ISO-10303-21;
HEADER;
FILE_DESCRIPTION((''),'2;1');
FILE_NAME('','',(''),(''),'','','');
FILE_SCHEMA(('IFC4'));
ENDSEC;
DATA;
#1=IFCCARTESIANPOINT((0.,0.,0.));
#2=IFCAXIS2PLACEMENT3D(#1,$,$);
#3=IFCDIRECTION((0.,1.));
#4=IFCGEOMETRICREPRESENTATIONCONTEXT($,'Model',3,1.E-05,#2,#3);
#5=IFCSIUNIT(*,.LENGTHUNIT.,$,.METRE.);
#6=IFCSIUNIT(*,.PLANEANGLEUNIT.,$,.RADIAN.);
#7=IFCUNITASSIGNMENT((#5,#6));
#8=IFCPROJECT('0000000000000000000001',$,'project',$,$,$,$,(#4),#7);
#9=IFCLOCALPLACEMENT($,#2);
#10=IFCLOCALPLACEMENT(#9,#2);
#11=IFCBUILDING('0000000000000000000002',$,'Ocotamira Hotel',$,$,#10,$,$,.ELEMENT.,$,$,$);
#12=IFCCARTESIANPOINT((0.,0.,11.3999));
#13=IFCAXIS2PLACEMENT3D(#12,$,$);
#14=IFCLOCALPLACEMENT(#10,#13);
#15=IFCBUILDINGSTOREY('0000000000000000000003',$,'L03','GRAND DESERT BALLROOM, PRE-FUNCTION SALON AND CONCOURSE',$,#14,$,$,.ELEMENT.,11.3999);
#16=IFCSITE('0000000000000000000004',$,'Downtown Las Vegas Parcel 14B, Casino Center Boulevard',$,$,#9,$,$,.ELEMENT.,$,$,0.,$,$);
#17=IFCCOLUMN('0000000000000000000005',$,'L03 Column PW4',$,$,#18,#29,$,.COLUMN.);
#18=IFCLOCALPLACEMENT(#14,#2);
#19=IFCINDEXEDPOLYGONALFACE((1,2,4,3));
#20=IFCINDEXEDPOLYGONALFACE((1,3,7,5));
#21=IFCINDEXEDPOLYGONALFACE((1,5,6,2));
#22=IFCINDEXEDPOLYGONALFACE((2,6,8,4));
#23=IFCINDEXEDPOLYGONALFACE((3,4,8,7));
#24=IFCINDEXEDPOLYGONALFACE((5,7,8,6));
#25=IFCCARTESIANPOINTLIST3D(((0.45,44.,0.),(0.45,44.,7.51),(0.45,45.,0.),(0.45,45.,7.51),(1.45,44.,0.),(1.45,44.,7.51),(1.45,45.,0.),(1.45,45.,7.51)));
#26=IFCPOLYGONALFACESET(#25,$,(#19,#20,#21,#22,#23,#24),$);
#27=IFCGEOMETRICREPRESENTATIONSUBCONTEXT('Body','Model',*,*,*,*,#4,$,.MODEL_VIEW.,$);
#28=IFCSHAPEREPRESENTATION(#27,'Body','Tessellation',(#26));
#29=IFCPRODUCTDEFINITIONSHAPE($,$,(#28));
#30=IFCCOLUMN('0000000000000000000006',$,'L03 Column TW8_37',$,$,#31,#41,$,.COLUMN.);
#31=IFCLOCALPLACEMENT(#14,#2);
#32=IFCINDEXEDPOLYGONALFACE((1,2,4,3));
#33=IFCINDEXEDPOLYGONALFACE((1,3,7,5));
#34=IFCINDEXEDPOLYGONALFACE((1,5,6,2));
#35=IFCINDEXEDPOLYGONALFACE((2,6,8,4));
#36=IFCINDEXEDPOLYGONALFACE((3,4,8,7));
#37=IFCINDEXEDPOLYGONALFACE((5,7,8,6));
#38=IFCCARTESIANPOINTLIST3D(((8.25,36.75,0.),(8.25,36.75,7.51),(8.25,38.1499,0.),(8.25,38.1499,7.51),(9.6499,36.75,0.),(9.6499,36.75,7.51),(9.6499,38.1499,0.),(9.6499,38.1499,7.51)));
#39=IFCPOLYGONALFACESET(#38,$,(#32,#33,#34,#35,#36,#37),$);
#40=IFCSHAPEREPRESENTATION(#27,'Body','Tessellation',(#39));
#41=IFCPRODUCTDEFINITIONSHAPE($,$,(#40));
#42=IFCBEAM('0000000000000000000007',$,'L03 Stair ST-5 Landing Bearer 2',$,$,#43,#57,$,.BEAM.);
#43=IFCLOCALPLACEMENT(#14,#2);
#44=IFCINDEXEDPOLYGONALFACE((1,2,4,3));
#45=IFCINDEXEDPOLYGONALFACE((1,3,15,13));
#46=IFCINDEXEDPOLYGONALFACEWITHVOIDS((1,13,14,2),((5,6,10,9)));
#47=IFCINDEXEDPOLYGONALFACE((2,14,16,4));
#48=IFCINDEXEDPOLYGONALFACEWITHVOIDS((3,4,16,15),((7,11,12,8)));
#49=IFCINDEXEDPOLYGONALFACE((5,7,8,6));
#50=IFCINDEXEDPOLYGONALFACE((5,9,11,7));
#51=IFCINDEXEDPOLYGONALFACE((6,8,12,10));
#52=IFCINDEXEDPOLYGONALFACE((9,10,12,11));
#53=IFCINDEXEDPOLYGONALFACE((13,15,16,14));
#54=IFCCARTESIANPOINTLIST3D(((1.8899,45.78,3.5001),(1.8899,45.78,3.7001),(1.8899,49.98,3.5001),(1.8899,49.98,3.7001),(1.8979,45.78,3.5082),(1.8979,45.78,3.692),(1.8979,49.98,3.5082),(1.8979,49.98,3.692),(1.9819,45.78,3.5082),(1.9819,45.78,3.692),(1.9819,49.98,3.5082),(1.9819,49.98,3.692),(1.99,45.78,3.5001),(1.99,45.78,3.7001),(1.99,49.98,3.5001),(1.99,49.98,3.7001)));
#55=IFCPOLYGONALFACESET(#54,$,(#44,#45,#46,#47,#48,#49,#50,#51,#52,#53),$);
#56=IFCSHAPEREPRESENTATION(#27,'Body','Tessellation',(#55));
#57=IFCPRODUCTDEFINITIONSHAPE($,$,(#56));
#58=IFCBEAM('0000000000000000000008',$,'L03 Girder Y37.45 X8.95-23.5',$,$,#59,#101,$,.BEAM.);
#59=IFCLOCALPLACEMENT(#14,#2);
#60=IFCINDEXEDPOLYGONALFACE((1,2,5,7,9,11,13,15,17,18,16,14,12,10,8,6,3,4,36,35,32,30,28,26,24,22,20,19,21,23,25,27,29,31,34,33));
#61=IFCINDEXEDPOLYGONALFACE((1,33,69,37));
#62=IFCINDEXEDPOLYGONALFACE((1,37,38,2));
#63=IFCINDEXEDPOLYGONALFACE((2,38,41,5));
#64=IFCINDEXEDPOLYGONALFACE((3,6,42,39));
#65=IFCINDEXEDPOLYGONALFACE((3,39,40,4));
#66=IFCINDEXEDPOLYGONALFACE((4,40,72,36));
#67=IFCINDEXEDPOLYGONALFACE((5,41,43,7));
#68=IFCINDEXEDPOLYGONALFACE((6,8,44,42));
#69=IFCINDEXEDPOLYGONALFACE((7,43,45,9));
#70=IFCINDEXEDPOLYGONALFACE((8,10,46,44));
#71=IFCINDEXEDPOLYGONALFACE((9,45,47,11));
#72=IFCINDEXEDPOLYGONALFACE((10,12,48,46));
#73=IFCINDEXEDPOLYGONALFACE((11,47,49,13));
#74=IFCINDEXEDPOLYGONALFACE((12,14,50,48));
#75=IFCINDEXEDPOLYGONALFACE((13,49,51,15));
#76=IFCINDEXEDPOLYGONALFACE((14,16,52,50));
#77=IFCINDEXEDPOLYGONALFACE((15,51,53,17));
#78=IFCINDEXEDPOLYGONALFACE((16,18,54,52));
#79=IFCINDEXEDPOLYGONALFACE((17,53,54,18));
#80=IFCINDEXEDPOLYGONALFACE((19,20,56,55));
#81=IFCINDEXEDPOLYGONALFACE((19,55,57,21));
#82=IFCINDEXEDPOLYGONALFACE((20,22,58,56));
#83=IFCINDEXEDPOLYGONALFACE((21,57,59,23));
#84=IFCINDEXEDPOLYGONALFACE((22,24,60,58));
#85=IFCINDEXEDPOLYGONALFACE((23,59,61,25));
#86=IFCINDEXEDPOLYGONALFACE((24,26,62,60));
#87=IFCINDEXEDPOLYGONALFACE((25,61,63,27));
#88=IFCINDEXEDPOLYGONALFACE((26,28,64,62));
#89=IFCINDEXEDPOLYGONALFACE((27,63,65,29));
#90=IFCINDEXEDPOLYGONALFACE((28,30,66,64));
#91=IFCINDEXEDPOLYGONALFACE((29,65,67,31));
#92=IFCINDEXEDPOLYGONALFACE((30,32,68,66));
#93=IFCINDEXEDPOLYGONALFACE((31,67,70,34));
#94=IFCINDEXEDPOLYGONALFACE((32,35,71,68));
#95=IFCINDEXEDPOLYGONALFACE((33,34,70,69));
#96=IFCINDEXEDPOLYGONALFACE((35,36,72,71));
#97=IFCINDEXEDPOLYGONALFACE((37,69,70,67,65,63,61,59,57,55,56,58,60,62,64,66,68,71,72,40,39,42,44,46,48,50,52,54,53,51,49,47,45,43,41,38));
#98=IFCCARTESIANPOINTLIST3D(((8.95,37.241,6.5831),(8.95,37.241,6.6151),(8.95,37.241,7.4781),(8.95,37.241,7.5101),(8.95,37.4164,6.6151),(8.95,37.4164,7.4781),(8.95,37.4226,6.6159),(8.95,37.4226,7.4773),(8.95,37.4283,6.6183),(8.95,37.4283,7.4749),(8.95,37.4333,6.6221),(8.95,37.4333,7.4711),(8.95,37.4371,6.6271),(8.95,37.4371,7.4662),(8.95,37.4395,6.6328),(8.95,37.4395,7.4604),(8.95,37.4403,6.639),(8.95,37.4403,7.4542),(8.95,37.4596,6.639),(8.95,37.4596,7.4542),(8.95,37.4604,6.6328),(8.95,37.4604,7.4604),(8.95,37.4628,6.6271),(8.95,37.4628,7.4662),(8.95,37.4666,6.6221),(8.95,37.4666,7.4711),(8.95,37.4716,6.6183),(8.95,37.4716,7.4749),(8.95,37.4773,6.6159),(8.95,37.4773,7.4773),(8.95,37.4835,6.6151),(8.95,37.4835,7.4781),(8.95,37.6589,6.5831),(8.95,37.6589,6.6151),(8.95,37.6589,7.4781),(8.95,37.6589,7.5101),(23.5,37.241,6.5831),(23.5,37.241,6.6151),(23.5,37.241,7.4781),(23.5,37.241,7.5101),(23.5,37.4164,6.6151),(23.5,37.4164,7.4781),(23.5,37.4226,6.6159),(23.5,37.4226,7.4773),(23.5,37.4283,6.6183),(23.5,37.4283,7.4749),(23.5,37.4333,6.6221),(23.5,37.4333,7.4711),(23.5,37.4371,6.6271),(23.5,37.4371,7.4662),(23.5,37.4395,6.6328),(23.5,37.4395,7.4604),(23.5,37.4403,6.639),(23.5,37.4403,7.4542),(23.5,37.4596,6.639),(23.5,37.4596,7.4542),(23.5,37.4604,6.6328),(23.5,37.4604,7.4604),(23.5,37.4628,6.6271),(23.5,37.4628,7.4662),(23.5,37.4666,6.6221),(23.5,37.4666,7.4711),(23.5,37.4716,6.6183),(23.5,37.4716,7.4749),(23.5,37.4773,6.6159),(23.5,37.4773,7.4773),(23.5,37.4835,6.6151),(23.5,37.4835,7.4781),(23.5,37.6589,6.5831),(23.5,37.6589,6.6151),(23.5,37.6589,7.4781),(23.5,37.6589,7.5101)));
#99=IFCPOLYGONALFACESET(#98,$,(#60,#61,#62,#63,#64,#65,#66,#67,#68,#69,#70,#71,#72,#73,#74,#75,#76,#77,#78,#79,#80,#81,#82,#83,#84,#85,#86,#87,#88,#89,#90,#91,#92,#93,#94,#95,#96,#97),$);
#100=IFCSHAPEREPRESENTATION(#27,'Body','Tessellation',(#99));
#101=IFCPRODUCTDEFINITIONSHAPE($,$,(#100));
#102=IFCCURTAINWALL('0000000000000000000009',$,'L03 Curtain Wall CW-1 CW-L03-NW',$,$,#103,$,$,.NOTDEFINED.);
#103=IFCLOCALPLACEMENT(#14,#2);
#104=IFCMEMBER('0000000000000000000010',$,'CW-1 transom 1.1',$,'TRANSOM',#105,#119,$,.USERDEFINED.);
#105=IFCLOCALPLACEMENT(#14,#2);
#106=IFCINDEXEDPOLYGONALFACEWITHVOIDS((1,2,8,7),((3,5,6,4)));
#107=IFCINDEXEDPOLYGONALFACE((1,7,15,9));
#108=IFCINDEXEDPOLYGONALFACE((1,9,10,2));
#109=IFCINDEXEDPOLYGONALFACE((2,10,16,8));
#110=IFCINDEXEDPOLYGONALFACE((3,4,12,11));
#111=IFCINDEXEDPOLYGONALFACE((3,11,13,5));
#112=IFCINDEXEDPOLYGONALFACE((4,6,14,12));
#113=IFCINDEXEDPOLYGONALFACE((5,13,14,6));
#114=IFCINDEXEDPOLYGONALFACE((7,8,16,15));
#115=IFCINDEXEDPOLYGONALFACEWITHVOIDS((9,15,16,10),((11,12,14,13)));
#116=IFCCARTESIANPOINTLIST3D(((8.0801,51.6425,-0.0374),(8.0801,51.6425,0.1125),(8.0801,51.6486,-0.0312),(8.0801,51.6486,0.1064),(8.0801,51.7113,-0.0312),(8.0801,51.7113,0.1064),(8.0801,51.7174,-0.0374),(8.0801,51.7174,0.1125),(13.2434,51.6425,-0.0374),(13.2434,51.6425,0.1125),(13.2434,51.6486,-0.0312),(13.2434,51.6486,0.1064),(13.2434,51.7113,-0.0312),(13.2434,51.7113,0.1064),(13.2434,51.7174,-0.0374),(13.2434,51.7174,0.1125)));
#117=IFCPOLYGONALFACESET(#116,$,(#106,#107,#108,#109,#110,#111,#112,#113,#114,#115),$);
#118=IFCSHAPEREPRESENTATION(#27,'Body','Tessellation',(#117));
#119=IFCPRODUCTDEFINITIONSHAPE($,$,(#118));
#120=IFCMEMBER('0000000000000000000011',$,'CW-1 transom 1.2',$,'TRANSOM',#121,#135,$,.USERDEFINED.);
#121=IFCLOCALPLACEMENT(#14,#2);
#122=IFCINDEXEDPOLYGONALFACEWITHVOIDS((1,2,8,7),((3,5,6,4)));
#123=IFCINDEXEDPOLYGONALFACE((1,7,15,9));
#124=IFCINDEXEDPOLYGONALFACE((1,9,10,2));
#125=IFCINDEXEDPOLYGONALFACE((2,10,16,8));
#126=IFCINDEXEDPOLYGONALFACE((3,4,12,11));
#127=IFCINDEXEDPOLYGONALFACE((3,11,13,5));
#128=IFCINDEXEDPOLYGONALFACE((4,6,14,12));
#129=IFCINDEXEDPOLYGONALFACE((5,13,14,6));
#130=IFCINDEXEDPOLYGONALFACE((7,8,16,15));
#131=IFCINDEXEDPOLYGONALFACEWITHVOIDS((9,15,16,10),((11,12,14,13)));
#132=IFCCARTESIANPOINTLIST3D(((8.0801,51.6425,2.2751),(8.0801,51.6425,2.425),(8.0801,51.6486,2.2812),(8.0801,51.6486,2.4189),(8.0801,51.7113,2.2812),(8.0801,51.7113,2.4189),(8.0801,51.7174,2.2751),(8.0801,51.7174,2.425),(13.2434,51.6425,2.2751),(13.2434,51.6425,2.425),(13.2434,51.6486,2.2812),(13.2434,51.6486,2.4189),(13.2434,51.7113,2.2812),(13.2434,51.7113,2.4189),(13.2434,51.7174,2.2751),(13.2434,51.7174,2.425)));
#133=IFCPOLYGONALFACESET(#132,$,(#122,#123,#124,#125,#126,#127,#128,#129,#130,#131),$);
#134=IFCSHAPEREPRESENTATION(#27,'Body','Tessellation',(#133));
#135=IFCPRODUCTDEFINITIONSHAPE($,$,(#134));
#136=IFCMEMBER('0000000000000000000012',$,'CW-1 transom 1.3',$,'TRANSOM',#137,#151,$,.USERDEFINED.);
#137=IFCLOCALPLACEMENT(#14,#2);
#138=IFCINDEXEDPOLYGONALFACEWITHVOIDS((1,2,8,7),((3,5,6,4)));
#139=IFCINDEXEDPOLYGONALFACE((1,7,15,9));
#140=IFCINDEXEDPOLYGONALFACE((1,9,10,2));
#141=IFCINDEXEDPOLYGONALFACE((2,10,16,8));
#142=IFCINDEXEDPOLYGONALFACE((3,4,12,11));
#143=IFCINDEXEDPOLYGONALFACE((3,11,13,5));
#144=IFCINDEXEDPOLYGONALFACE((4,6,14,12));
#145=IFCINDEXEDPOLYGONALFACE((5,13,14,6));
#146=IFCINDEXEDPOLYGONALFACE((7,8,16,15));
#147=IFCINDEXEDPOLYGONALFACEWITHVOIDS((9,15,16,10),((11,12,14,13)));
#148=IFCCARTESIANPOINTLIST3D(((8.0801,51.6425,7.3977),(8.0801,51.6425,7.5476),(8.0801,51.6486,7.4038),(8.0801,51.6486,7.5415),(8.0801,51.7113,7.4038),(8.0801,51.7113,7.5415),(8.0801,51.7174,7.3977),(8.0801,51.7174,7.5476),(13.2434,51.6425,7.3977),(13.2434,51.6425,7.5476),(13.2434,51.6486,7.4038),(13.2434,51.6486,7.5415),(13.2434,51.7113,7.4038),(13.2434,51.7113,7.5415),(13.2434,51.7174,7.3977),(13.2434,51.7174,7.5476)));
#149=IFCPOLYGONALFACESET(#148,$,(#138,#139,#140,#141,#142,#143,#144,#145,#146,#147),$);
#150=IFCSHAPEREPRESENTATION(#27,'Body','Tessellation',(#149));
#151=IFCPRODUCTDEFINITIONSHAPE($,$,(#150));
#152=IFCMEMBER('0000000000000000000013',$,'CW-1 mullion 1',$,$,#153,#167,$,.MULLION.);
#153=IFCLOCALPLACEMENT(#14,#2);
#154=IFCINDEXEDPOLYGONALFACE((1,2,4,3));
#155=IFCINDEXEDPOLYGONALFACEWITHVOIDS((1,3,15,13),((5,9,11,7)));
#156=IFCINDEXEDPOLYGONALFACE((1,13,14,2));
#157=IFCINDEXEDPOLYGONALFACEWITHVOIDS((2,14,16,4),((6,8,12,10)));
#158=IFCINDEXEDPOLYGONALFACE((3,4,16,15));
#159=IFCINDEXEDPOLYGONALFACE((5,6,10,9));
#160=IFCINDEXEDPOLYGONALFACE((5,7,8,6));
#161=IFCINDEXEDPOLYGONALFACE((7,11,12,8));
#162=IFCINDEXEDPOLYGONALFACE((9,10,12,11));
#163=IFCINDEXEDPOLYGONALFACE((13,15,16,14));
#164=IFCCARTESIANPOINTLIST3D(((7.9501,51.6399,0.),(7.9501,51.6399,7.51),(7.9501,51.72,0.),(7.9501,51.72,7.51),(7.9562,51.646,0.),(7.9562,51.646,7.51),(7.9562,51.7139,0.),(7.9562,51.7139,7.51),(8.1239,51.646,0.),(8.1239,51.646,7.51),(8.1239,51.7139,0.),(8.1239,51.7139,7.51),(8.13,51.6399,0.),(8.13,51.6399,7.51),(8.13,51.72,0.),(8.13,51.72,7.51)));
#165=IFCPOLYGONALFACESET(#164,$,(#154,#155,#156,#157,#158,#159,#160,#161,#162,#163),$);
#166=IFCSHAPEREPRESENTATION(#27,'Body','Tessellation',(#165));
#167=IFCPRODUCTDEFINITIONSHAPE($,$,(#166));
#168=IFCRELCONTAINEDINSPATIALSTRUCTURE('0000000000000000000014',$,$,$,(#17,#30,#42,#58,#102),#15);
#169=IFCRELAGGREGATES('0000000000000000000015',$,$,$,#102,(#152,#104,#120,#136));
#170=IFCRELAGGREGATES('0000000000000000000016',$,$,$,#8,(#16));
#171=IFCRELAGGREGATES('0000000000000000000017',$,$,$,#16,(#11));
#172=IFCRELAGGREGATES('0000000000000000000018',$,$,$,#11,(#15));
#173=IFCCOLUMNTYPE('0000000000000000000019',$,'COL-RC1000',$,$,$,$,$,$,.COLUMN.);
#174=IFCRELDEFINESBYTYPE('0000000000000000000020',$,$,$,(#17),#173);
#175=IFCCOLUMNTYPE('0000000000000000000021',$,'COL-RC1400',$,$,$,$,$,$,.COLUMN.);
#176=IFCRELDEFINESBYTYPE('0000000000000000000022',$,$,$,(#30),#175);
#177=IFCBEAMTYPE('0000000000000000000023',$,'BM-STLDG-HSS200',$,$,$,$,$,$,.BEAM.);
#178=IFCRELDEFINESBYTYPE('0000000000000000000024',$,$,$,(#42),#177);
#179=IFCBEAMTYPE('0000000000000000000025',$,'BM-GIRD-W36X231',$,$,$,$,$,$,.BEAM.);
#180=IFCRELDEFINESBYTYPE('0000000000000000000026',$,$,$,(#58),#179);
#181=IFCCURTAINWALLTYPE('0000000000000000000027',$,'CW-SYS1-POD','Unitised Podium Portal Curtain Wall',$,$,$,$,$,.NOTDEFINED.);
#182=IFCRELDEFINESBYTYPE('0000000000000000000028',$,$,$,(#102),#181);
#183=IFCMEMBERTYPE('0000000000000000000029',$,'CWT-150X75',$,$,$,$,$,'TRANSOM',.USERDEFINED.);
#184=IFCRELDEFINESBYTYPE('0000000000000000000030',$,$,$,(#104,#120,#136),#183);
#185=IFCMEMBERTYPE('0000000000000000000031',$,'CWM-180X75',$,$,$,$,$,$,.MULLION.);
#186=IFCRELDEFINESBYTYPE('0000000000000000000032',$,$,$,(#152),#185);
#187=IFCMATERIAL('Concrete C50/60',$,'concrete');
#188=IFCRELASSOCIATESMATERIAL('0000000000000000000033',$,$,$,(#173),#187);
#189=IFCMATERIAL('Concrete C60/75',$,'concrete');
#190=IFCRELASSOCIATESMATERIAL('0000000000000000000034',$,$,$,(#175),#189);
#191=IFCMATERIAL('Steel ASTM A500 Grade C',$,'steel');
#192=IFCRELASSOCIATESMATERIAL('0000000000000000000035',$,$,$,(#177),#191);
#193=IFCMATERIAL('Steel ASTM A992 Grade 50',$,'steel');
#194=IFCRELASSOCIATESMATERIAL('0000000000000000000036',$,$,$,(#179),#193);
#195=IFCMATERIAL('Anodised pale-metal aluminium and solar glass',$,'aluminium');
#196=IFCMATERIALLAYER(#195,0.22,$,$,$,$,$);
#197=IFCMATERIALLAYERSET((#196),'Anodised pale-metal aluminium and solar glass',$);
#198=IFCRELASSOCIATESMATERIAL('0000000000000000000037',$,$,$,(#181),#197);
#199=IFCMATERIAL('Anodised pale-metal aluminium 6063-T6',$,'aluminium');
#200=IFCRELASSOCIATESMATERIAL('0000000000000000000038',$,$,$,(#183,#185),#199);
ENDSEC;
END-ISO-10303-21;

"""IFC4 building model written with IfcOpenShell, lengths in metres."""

from ifc_helpers import new_model, si_unit, direction, frame, origin, origin_2d, place, context, subcontext, project, spatial, rectangle, hollow_rectangle, i_section, extrude, source, transform, mapped, material, layer, layer_set, material_profile, profile_set, type_object, element, aggregate, save


model = new_model("IFC4")

# Units and contexts
model_context = context("Model", 3, precision=1e-05, world=origin(), true_north=direction((0.0, 1.0)))
body_context = subcontext(model_context, "Body", "Model", "MODEL_VIEW")
ifc_project = project(units=[si_unit("LENGTHUNIT", "METRE"), si_unit("PLANEANGLEUNIT", "RADIAN")], contexts=[model_context])

# Site, building, storey
site_placement = place(None, origin())
site = spatial("IfcSite", under=ifc_project, at=site_placement, Name="Downtown Las Vegas Parcel 14B, Casino Center Boulevard", CompositionType="ELEMENT", RefElevation=0.0)
building_placement = place(site_placement, origin())
building = spatial("IfcBuilding", under=site, at=building_placement, Name="Ocotamira Hotel", CompositionType="ELEMENT")
storey_placement = place(building_placement, frame((0.0, 0.0, 11.3999)))
storey = spatial("IfcBuildingStorey", under=building, at=storey_placement, Name="L03", Description="GRAND DESERT BALLROOM, PRE-FUNCTION SALON AND CONCOURSE", CompositionType="ELEMENT", Elevation=11.3999)

# Columns
ifc_material_1 = material(Name="Concrete C50/60", Category="concrete")
ifc_material_profile_1 = material_profile(ifc_material_1, rectangle(XDim=1.0, YDim=1.0, at=origin_2d()), Name="RC1000X1000")
ifc_profile_set_1 = profile_set([ifc_material_profile_1], Name="Concrete C50/60")
column_type_1 = type_object("IfcColumnType", Name="COL-RC1000", PredefinedType="COLUMN", material=ifc_profile_set_1)
shared_shape_1 = source(origin(), body_context, "Body", "SweptSolid", [
    extrude(rectangle(XDim=1.0, YDim=1.0, at=origin_2d()), origin(), (0.0, 0.0, 1.0), 7.51),
])
column_1_placement = place(storey_placement, frame((0.95, 44.5, 0.0), z_axis=(0.0, 0.0, 1.0), x_axis=(1.0, 0.0, 0.0)))
element("IfcColumn", 1, at=column_1_placement, inside=storey, type_object=column_type_1, Name="L03 Column PW4", PredefinedType="COLUMN", context=body_context, shape_type="MappedRepresentation", body=[
    mapped(shared_shape_1, transform((0.0, 0.0, 0.0), scale=1.0)),
])
ifc_material_2 = material(Name="Concrete C60/75", Category="concrete")
ifc_material_profile_2 = material_profile(ifc_material_2, rectangle(XDim=1.3999, YDim=1.3999, at=origin_2d()), Name="RC1400X1400")
ifc_profile_set_2 = profile_set([ifc_material_profile_2], Name="Concrete C60/75")
column_type_2 = type_object("IfcColumnType", Name="COL-RC1400", PredefinedType="COLUMN", material=ifc_profile_set_2)
shared_shape_2 = source(origin(), body_context, "Body", "SweptSolid", [
    extrude(rectangle(XDim=1.3999, YDim=1.3999, at=origin_2d()), origin(), (0.0, 0.0, 1.0), 7.51),
])
column_2_placement = place(storey_placement, frame((8.95, 37.45, 0.0), z_axis=(0.0, 0.0, 1.0), x_axis=(1.0, 0.0, 0.0)))
element("IfcColumn", 2, at=column_2_placement, inside=storey, type_object=column_type_2, Name="L03 Column TW8_37", PredefinedType="COLUMN", context=body_context, shape_type="MappedRepresentation", body=[
    mapped(shared_shape_2, transform((0.0, 0.0, 0.0), scale=1.0)),
])

# Beams
ifc_material_3 = material(Name="Steel ASTM A500 Grade C", Category="steel")
ifc_material_profile_3 = material_profile(ifc_material_3, hollow_rectangle(XDim=0.1001, YDim=0.2, WallThickness=0.0081, at=origin_2d()), Name="HSS200X100X8")
ifc_profile_set_3 = profile_set([ifc_material_profile_3], Name="Steel ASTM A500 Grade C")
beam_type_1 = type_object("IfcBeamType", Name="BM-STLDG-HSS200", PredefinedType="BEAM", material=ifc_profile_set_3)
shared_shape_3 = source(origin(), body_context, "Body", "SweptSolid", [
    extrude(hollow_rectangle(XDim=0.1001, YDim=0.2, WallThickness=0.0081, at=origin_2d()), origin(), (0.0, 0.0, 1.0), 4.2),
])
beam_1_placement = place(storey_placement, frame((1.9399, 45.78, 3.6001), z_axis=(0.0, 1.0, 0.0), x_axis=(-1.0, 0.0, 0.0)))
element("IfcBeam", 3, at=beam_1_placement, inside=storey, type_object=beam_type_1, Name="L03 Stair ST-5 Landing Bearer 2", PredefinedType="BEAM", context=body_context, shape_type="MappedRepresentation", body=[
    mapped(shared_shape_3, transform((0.0, 0.0, 0.0), scale=1.0)),
])
ifc_material_4 = material(Name="Steel ASTM A992 Grade 50", Category="steel")
ifc_material_profile_4 = material_profile(ifc_material_4, i_section(OverallWidth=0.418, OverallDepth=0.927, WebThickness=0.0193, FlangeThickness=0.032, FilletRadius=0.0239, at=origin_2d()), Name="W36X231")
ifc_profile_set_4 = profile_set([ifc_material_profile_4], Name="Steel ASTM A992 Grade 50")
beam_type_2 = type_object("IfcBeamType", Name="BM-GIRD-W36X231", PredefinedType="BEAM", material=ifc_profile_set_4)
shared_shape_4 = source(origin(), body_context, "Body", "SweptSolid", [
    extrude(i_section(OverallWidth=0.418, OverallDepth=0.927, WebThickness=0.0193, FlangeThickness=0.032, FilletRadius=0.0239, at=origin_2d()), origin(), (0.0, 0.0, 1.0), 14.55),
])
beam_2_placement = place(storey_placement, frame((8.95, 37.45, 7.0466), z_axis=(1.0, 0.0, 0.0), x_axis=(0.0, 1.0, 0.0)))
element("IfcBeam", 4, at=beam_2_placement, inside=storey, type_object=beam_type_2, Name="L03 Girder Y37.45 X8.95-23.5", PredefinedType="BEAM", context=body_context, shape_type="MappedRepresentation", body=[
    mapped(shared_shape_4, transform((0.0, 0.0, 0.0), scale=1.0)),
])

# Curtain wall, members
ifc_material_5 = material(Name="Anodised pale-metal aluminium and solar glass", Category="aluminium")
ifc_layer_1 = layer(ifc_material_5, 0.22)
ifc_layer_set_1 = layer_set([ifc_layer_1], Name="Anodised pale-metal aluminium and solar glass")
curtain_wall_type = type_object("IfcCurtainWallType", Name="CW-SYS1-POD", Description="Unitised Podium Portal Curtain Wall", PredefinedType="NOTDEFINED", material=ifc_layer_set_1)
curtain_wall_placement = place(storey_placement, origin())
curtain_wall = element("IfcCurtainWall", 5, at=curtain_wall_placement, inside=storey, type_object=curtain_wall_type, Name="L03 Curtain Wall CW-1 CW-L03-NW", PredefinedType="NOTDEFINED")
ifc_material_6 = material(Name="Anodised pale-metal aluminium 6063-T6", Category="aluminium")
ifc_material_profile_5 = material_profile(ifc_material_6, hollow_rectangle(XDim=0.075, YDim=0.1499, WallThickness=0.0061, at=origin_2d()), Name="HSS150X75X6")
ifc_profile_set_5 = profile_set([ifc_material_profile_5], Name="Anodised pale-metal aluminium 6063-T6")
member_type_1 = type_object("IfcMemberType", Name="CWT-150X75", ElementType="TRANSOM", PredefinedType="USERDEFINED", material=ifc_profile_set_5)
shared_shape_5 = source(origin(), body_context, "Body", "SweptSolid", [
    extrude(hollow_rectangle(XDim=0.075, YDim=0.1499, WallThickness=0.0061, at=origin_2d()), origin(), (0.0, 0.0, 1.0), 5.1633),
])
member_1_placement = place(storey_placement, frame((8.0801, 51.6799, 0.0376), z_axis=(1.0, 0.0, 0.0), x_axis=(0.0, 1.0, 0.0)))
member_1 = element("IfcMember", 6, at=member_1_placement, type_object=member_type_1, Name="CW-1 transom 1.1", ObjectType="TRANSOM", PredefinedType="USERDEFINED", context=body_context, shape_type="MappedRepresentation", body=[
    mapped(shared_shape_5, transform((0.0, 0.0, 0.0), scale=1.0)),
])
member_2_placement = place(storey_placement, frame((8.0801, 51.6799, 2.3501), z_axis=(1.0, 0.0, 0.0), x_axis=(0.0, 1.0, 0.0)))
member_2 = element("IfcMember", 7, at=member_2_placement, type_object=member_type_1, Name="CW-1 transom 1.2", ObjectType="TRANSOM", PredefinedType="USERDEFINED", context=body_context, shape_type="MappedRepresentation", body=[
    mapped(shared_shape_5, transform((0.0, 0.0, 0.0), scale=1.0)),
])
member_3_placement = place(storey_placement, frame((8.0801, 51.6799, 7.4727), z_axis=(1.0, 0.0, 0.0), x_axis=(0.0, 1.0, 0.0)))
member_3 = element("IfcMember", 8, at=member_3_placement, type_object=member_type_1, Name="CW-1 transom 1.3", ObjectType="TRANSOM", PredefinedType="USERDEFINED", context=body_context, shape_type="MappedRepresentation", body=[
    mapped(shared_shape_5, transform((0.0, 0.0, 0.0), scale=1.0)),
])
ifc_material_profile_6 = material_profile(ifc_material_6, hollow_rectangle(XDim=0.0801, YDim=0.1799, WallThickness=0.0061, at=origin_2d()), Name="HSS180X80X6")
ifc_profile_set_6 = profile_set([ifc_material_profile_6], Name="Anodised pale-metal aluminium 6063-T6")
member_type_2 = type_object("IfcMemberType", Name="CWM-180X75", PredefinedType="MULLION", material=ifc_profile_set_6)
shared_shape_6 = source(origin(), body_context, "Body", "SweptSolid", [
    extrude(hollow_rectangle(XDim=0.0801, YDim=0.1799, WallThickness=0.0061, at=origin_2d()), origin(), (0.0, 0.0, 1.0), 7.51),
])
member_4_placement = place(storey_placement, frame((8.04, 51.6799, 0.0), z_axis=(0.0, 0.0, 1.0), x_axis=(0.0, 1.0, 0.0)))
member_4 = element("IfcMember", 9, at=member_4_placement, type_object=member_type_2, Name="CW-1 mullion 1", PredefinedType="MULLION", context=body_context, shape_type="MappedRepresentation", body=[
    mapped(shared_shape_6, transform((0.0, 0.0, 0.0), scale=1.0)),
])
aggregate(curtain_wall, [member_4, member_1, member_2, member_3])

save(model, "model.ifc")
